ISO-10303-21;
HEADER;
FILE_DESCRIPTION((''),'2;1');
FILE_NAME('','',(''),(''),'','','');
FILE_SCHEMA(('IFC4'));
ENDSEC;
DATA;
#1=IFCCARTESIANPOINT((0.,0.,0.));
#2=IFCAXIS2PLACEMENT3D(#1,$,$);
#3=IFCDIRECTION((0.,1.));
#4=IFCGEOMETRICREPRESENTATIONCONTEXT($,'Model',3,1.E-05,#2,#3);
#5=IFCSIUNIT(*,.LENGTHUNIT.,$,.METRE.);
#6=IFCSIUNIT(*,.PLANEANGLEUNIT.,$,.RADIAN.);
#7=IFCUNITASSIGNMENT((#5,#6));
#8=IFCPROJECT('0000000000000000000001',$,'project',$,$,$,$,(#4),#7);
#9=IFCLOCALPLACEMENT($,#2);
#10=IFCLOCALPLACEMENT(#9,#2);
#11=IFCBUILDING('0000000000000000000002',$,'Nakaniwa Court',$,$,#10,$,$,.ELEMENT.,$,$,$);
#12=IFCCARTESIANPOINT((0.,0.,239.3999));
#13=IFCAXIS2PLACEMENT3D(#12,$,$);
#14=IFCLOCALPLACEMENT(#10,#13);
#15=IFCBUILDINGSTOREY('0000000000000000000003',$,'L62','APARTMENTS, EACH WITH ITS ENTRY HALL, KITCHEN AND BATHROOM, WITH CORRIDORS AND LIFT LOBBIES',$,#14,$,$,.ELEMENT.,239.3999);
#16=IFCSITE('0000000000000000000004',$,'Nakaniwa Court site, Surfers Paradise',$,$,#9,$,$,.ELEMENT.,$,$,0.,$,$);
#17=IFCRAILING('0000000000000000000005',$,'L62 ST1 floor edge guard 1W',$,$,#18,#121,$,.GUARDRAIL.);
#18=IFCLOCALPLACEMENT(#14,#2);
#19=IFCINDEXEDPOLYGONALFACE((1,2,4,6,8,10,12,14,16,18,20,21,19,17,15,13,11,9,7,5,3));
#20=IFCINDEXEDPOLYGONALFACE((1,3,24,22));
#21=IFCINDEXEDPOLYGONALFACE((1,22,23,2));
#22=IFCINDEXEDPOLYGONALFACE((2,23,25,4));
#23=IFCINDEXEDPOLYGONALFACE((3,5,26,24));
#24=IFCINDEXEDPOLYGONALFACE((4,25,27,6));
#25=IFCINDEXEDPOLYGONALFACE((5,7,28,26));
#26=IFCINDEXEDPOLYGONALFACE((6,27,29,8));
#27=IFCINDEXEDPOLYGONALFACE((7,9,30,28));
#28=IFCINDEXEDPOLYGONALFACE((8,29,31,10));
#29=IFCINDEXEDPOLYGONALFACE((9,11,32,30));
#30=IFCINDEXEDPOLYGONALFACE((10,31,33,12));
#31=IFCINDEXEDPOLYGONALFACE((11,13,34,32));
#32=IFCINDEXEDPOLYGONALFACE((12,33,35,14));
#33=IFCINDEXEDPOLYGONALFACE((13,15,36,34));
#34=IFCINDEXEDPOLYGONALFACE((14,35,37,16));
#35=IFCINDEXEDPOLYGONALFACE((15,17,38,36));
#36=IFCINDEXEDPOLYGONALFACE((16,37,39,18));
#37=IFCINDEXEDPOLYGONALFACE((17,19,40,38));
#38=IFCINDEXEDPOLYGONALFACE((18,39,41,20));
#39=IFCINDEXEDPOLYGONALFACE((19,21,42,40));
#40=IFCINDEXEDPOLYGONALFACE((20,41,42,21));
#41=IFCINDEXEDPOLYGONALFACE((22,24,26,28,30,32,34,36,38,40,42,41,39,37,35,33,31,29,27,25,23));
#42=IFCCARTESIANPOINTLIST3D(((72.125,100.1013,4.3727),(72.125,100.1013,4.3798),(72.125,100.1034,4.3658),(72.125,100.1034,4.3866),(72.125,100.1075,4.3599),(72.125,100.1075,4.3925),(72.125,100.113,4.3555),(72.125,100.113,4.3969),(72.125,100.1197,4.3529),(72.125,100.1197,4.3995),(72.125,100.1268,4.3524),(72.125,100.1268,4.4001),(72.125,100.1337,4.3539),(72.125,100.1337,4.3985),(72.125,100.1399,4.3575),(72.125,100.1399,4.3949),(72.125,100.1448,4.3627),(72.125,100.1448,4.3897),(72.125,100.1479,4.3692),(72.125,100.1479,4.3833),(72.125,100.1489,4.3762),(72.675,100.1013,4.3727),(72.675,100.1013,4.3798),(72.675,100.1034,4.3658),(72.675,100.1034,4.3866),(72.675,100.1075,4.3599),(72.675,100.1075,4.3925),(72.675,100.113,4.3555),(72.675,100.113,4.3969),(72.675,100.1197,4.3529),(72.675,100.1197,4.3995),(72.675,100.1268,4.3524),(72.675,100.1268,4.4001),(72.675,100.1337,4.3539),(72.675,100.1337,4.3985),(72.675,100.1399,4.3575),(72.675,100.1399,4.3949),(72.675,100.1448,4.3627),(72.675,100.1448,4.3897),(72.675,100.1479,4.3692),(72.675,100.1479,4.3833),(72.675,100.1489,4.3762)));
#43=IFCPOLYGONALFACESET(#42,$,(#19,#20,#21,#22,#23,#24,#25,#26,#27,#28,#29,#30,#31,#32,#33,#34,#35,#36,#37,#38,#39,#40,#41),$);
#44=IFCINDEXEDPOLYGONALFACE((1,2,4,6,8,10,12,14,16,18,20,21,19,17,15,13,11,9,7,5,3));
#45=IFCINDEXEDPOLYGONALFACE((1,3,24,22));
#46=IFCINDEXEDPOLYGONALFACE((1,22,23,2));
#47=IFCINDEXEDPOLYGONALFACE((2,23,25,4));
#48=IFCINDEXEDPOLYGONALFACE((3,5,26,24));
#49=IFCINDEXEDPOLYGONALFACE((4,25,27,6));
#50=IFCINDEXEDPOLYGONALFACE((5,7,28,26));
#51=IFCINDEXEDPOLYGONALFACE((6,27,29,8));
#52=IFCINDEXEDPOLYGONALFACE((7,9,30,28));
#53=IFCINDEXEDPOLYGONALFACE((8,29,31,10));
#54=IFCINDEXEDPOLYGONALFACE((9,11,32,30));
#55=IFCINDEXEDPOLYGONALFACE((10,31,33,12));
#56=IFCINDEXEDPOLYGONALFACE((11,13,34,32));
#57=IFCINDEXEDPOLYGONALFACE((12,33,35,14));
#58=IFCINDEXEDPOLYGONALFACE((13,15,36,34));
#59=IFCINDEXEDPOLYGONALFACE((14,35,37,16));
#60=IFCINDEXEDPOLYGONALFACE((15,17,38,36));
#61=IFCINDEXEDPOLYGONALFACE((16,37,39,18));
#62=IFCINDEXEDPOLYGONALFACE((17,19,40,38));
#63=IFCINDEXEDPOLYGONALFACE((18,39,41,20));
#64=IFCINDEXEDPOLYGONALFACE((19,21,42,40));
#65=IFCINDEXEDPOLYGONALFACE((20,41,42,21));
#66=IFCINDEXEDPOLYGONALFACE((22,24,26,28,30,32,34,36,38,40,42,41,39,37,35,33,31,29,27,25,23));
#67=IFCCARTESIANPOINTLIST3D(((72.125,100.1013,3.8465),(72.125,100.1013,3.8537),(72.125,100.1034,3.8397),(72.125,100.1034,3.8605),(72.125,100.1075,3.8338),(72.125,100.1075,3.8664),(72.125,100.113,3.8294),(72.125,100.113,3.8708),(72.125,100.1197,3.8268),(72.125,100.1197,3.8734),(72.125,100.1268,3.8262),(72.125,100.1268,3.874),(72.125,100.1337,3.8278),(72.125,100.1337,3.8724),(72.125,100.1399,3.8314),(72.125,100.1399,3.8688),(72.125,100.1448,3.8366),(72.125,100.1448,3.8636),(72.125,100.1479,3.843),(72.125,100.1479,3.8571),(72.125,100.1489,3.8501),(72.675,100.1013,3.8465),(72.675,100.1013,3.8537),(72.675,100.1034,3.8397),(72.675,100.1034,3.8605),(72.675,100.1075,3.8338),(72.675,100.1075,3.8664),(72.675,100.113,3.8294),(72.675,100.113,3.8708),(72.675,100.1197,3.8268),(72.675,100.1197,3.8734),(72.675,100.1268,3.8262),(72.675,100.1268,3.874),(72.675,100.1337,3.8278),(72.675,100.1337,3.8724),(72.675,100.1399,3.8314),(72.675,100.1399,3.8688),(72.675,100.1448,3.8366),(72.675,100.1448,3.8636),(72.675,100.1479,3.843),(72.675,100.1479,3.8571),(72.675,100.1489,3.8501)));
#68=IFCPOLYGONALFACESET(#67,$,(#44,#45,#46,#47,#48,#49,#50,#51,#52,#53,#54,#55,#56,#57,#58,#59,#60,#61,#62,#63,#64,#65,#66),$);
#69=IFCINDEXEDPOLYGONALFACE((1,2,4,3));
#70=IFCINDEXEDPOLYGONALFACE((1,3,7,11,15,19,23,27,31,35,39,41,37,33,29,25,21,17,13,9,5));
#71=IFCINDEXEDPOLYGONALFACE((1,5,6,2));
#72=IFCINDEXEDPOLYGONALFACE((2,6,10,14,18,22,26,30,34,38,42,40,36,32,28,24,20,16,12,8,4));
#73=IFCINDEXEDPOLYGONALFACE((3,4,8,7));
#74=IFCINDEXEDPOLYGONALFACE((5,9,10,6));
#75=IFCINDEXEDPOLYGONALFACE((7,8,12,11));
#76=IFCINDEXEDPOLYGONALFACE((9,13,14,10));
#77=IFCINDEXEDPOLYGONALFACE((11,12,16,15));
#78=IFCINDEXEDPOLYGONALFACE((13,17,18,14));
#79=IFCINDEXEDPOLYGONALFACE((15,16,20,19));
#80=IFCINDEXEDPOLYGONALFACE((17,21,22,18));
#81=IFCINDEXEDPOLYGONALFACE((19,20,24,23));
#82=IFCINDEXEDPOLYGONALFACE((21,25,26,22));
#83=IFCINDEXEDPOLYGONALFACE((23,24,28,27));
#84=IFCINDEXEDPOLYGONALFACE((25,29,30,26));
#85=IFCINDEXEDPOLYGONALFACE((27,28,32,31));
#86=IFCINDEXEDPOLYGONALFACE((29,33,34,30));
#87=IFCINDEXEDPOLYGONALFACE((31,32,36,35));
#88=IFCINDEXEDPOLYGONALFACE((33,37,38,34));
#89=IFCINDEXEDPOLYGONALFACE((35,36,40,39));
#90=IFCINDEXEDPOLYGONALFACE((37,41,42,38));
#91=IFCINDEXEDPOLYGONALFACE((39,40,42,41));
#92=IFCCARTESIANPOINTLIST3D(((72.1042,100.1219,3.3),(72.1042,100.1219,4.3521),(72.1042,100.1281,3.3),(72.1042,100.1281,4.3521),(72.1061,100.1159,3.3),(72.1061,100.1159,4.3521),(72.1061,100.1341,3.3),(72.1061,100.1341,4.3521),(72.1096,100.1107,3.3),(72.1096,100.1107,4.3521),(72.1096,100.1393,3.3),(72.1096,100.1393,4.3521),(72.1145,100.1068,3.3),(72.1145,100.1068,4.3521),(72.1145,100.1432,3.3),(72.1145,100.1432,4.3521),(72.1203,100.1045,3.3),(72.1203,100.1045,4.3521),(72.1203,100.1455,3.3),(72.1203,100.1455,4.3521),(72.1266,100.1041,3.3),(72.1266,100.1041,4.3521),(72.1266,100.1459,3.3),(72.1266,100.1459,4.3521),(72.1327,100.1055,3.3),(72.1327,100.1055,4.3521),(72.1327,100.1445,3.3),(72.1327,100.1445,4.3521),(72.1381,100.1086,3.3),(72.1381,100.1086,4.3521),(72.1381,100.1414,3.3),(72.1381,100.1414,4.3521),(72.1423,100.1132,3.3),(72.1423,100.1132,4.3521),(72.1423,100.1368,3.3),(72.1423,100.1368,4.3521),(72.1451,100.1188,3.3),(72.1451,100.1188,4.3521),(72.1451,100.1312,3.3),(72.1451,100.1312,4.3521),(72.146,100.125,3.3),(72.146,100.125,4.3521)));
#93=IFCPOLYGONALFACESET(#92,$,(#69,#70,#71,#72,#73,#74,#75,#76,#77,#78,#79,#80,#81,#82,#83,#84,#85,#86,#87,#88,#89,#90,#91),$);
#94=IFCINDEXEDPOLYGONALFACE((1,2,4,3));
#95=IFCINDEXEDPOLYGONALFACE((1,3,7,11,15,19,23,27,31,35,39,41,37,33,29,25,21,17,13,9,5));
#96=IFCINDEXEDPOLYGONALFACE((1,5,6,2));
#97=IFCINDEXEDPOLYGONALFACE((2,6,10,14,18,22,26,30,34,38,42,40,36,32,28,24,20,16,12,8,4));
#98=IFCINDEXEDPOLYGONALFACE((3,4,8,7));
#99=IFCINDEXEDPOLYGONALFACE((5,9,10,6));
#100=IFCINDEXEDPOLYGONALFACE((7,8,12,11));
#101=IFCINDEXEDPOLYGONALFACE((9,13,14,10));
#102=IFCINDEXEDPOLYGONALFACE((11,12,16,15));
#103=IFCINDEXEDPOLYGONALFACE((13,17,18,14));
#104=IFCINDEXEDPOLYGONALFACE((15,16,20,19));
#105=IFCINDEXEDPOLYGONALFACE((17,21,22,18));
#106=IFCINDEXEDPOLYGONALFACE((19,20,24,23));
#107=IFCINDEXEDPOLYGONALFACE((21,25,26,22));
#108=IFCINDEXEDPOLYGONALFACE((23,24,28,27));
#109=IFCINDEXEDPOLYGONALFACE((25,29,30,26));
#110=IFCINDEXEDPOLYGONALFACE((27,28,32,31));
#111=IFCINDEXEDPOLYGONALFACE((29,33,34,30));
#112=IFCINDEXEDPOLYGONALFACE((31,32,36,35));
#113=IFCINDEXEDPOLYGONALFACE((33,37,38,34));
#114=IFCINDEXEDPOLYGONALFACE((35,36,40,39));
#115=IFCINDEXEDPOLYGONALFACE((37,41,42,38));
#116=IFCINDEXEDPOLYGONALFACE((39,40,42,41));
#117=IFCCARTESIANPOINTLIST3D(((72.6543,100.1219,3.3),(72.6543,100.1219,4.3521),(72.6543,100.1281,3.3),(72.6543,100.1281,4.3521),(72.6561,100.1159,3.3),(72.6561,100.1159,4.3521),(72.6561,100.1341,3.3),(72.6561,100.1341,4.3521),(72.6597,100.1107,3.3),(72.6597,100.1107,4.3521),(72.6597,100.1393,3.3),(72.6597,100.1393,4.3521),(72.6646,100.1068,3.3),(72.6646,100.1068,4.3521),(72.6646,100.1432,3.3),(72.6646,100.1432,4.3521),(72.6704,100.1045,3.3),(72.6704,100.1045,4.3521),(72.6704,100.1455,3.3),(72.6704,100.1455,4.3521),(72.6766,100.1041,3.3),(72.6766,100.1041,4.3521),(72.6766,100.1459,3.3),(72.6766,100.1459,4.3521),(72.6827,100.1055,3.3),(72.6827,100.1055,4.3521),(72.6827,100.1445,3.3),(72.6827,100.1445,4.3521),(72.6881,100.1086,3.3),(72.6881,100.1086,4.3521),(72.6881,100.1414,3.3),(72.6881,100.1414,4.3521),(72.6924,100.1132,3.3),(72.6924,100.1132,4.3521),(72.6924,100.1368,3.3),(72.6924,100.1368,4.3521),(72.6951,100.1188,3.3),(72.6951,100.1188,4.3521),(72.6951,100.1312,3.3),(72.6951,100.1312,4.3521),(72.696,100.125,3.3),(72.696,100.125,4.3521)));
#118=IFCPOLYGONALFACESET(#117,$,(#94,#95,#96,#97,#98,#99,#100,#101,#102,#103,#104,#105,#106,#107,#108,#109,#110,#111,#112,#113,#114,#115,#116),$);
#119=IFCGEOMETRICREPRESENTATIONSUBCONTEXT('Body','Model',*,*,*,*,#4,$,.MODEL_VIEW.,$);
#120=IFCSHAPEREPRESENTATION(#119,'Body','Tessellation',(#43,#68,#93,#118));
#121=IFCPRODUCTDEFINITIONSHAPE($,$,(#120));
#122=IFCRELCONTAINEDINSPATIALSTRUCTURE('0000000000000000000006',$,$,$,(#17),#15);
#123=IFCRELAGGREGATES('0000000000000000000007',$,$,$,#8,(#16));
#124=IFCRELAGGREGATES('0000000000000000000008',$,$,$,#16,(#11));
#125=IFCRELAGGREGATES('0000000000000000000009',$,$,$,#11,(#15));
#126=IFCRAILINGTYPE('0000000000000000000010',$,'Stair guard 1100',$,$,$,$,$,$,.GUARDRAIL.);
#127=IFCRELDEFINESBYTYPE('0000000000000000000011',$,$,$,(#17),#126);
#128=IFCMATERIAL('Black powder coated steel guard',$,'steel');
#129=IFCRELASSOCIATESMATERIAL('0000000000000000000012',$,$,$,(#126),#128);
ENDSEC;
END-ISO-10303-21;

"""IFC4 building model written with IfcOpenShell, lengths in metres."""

from ifc_helpers import new_model, si_unit, direction, frame, origin, origin_2d, place, context, subcontext, project, spatial, circle, extrude, material, type_object, element, save


model = new_model("IFC4")

# Units and contexts
model_context = context("Model", 3, precision=1e-05, world=origin(), true_north=direction((0.0, 1.0)))
body_context = subcontext(model_context, "Body", "Model", "MODEL_VIEW")
ifc_project = project(units=[si_unit("LENGTHUNIT", "METRE"), si_unit("PLANEANGLEUNIT", "RADIAN")], contexts=[model_context])

# Site, building, storey
site_placement = place(None, origin())
site = spatial("IfcSite", under=ifc_project, at=site_placement, Name="Nakaniwa Court site, Surfers Paradise", CompositionType="ELEMENT", RefElevation=0.0)
building_placement = place(site_placement, origin())
building = spatial("IfcBuilding", under=site, at=building_placement, Name="Nakaniwa Court", CompositionType="ELEMENT")
storey_placement = place(building_placement, frame((0.0, 0.0, 239.3999)))
storey = spatial("IfcBuildingStorey", under=building, at=storey_placement, Name="L62", Description="APARTMENTS, EACH WITH ITS ENTRY HALL, KITCHEN AND BATHROOM, WITH CORRIDORS AND LIFT LOBBIES", CompositionType="ELEMENT", Elevation=239.3999)

# Railing
ifc_material_1 = material(Name="Black powder coated steel guard", Category="steel")
railing_type_1 = type_object("IfcRailingType", Name="Stair guard 1100", PredefinedType="GUARDRAIL", material=ifc_material_1)
for number, where, name in (
    (1, (72.125, 100.125, 3.3), "L62 ST1 floor edge guard 1W"),
):
    element("IfcRailing", number, at=place(storey_placement, frame(where)), inside=storey, type_object=railing_type_1, Name=name, PredefinedType="GUARDRAIL", context=body_context, shape_type="SweptSolid", body=[
        extrude(circle(Radius=0.0239, at=origin_2d()), frame((0.0, 0.0, 1.0762), z_axis=(1.0, 0.0, 0.0), x_axis=(0.0, 1.0, 0.0)), (0.0, 0.0, 1.0), 0.55),
        extrude(circle(Radius=0.0239, at=origin_2d()), frame((0.0, 0.0, 0.55), z_axis=(1.0, 0.0, 0.0), x_axis=(0.0, 1.0, 0.0)), (0.0, 0.0, 1.0), 0.55),
        extrude(circle(Radius=0.021, at=origin_2d()), origin(), (0.0, 0.0, 1.0), 1.052),
        extrude(circle(Radius=0.021, at=origin_2d()), frame((0.55, 0.0, 0.0)), (0.0, 0.0, 1.0), 1.052),
    ])

save(model, "model.ifc")
